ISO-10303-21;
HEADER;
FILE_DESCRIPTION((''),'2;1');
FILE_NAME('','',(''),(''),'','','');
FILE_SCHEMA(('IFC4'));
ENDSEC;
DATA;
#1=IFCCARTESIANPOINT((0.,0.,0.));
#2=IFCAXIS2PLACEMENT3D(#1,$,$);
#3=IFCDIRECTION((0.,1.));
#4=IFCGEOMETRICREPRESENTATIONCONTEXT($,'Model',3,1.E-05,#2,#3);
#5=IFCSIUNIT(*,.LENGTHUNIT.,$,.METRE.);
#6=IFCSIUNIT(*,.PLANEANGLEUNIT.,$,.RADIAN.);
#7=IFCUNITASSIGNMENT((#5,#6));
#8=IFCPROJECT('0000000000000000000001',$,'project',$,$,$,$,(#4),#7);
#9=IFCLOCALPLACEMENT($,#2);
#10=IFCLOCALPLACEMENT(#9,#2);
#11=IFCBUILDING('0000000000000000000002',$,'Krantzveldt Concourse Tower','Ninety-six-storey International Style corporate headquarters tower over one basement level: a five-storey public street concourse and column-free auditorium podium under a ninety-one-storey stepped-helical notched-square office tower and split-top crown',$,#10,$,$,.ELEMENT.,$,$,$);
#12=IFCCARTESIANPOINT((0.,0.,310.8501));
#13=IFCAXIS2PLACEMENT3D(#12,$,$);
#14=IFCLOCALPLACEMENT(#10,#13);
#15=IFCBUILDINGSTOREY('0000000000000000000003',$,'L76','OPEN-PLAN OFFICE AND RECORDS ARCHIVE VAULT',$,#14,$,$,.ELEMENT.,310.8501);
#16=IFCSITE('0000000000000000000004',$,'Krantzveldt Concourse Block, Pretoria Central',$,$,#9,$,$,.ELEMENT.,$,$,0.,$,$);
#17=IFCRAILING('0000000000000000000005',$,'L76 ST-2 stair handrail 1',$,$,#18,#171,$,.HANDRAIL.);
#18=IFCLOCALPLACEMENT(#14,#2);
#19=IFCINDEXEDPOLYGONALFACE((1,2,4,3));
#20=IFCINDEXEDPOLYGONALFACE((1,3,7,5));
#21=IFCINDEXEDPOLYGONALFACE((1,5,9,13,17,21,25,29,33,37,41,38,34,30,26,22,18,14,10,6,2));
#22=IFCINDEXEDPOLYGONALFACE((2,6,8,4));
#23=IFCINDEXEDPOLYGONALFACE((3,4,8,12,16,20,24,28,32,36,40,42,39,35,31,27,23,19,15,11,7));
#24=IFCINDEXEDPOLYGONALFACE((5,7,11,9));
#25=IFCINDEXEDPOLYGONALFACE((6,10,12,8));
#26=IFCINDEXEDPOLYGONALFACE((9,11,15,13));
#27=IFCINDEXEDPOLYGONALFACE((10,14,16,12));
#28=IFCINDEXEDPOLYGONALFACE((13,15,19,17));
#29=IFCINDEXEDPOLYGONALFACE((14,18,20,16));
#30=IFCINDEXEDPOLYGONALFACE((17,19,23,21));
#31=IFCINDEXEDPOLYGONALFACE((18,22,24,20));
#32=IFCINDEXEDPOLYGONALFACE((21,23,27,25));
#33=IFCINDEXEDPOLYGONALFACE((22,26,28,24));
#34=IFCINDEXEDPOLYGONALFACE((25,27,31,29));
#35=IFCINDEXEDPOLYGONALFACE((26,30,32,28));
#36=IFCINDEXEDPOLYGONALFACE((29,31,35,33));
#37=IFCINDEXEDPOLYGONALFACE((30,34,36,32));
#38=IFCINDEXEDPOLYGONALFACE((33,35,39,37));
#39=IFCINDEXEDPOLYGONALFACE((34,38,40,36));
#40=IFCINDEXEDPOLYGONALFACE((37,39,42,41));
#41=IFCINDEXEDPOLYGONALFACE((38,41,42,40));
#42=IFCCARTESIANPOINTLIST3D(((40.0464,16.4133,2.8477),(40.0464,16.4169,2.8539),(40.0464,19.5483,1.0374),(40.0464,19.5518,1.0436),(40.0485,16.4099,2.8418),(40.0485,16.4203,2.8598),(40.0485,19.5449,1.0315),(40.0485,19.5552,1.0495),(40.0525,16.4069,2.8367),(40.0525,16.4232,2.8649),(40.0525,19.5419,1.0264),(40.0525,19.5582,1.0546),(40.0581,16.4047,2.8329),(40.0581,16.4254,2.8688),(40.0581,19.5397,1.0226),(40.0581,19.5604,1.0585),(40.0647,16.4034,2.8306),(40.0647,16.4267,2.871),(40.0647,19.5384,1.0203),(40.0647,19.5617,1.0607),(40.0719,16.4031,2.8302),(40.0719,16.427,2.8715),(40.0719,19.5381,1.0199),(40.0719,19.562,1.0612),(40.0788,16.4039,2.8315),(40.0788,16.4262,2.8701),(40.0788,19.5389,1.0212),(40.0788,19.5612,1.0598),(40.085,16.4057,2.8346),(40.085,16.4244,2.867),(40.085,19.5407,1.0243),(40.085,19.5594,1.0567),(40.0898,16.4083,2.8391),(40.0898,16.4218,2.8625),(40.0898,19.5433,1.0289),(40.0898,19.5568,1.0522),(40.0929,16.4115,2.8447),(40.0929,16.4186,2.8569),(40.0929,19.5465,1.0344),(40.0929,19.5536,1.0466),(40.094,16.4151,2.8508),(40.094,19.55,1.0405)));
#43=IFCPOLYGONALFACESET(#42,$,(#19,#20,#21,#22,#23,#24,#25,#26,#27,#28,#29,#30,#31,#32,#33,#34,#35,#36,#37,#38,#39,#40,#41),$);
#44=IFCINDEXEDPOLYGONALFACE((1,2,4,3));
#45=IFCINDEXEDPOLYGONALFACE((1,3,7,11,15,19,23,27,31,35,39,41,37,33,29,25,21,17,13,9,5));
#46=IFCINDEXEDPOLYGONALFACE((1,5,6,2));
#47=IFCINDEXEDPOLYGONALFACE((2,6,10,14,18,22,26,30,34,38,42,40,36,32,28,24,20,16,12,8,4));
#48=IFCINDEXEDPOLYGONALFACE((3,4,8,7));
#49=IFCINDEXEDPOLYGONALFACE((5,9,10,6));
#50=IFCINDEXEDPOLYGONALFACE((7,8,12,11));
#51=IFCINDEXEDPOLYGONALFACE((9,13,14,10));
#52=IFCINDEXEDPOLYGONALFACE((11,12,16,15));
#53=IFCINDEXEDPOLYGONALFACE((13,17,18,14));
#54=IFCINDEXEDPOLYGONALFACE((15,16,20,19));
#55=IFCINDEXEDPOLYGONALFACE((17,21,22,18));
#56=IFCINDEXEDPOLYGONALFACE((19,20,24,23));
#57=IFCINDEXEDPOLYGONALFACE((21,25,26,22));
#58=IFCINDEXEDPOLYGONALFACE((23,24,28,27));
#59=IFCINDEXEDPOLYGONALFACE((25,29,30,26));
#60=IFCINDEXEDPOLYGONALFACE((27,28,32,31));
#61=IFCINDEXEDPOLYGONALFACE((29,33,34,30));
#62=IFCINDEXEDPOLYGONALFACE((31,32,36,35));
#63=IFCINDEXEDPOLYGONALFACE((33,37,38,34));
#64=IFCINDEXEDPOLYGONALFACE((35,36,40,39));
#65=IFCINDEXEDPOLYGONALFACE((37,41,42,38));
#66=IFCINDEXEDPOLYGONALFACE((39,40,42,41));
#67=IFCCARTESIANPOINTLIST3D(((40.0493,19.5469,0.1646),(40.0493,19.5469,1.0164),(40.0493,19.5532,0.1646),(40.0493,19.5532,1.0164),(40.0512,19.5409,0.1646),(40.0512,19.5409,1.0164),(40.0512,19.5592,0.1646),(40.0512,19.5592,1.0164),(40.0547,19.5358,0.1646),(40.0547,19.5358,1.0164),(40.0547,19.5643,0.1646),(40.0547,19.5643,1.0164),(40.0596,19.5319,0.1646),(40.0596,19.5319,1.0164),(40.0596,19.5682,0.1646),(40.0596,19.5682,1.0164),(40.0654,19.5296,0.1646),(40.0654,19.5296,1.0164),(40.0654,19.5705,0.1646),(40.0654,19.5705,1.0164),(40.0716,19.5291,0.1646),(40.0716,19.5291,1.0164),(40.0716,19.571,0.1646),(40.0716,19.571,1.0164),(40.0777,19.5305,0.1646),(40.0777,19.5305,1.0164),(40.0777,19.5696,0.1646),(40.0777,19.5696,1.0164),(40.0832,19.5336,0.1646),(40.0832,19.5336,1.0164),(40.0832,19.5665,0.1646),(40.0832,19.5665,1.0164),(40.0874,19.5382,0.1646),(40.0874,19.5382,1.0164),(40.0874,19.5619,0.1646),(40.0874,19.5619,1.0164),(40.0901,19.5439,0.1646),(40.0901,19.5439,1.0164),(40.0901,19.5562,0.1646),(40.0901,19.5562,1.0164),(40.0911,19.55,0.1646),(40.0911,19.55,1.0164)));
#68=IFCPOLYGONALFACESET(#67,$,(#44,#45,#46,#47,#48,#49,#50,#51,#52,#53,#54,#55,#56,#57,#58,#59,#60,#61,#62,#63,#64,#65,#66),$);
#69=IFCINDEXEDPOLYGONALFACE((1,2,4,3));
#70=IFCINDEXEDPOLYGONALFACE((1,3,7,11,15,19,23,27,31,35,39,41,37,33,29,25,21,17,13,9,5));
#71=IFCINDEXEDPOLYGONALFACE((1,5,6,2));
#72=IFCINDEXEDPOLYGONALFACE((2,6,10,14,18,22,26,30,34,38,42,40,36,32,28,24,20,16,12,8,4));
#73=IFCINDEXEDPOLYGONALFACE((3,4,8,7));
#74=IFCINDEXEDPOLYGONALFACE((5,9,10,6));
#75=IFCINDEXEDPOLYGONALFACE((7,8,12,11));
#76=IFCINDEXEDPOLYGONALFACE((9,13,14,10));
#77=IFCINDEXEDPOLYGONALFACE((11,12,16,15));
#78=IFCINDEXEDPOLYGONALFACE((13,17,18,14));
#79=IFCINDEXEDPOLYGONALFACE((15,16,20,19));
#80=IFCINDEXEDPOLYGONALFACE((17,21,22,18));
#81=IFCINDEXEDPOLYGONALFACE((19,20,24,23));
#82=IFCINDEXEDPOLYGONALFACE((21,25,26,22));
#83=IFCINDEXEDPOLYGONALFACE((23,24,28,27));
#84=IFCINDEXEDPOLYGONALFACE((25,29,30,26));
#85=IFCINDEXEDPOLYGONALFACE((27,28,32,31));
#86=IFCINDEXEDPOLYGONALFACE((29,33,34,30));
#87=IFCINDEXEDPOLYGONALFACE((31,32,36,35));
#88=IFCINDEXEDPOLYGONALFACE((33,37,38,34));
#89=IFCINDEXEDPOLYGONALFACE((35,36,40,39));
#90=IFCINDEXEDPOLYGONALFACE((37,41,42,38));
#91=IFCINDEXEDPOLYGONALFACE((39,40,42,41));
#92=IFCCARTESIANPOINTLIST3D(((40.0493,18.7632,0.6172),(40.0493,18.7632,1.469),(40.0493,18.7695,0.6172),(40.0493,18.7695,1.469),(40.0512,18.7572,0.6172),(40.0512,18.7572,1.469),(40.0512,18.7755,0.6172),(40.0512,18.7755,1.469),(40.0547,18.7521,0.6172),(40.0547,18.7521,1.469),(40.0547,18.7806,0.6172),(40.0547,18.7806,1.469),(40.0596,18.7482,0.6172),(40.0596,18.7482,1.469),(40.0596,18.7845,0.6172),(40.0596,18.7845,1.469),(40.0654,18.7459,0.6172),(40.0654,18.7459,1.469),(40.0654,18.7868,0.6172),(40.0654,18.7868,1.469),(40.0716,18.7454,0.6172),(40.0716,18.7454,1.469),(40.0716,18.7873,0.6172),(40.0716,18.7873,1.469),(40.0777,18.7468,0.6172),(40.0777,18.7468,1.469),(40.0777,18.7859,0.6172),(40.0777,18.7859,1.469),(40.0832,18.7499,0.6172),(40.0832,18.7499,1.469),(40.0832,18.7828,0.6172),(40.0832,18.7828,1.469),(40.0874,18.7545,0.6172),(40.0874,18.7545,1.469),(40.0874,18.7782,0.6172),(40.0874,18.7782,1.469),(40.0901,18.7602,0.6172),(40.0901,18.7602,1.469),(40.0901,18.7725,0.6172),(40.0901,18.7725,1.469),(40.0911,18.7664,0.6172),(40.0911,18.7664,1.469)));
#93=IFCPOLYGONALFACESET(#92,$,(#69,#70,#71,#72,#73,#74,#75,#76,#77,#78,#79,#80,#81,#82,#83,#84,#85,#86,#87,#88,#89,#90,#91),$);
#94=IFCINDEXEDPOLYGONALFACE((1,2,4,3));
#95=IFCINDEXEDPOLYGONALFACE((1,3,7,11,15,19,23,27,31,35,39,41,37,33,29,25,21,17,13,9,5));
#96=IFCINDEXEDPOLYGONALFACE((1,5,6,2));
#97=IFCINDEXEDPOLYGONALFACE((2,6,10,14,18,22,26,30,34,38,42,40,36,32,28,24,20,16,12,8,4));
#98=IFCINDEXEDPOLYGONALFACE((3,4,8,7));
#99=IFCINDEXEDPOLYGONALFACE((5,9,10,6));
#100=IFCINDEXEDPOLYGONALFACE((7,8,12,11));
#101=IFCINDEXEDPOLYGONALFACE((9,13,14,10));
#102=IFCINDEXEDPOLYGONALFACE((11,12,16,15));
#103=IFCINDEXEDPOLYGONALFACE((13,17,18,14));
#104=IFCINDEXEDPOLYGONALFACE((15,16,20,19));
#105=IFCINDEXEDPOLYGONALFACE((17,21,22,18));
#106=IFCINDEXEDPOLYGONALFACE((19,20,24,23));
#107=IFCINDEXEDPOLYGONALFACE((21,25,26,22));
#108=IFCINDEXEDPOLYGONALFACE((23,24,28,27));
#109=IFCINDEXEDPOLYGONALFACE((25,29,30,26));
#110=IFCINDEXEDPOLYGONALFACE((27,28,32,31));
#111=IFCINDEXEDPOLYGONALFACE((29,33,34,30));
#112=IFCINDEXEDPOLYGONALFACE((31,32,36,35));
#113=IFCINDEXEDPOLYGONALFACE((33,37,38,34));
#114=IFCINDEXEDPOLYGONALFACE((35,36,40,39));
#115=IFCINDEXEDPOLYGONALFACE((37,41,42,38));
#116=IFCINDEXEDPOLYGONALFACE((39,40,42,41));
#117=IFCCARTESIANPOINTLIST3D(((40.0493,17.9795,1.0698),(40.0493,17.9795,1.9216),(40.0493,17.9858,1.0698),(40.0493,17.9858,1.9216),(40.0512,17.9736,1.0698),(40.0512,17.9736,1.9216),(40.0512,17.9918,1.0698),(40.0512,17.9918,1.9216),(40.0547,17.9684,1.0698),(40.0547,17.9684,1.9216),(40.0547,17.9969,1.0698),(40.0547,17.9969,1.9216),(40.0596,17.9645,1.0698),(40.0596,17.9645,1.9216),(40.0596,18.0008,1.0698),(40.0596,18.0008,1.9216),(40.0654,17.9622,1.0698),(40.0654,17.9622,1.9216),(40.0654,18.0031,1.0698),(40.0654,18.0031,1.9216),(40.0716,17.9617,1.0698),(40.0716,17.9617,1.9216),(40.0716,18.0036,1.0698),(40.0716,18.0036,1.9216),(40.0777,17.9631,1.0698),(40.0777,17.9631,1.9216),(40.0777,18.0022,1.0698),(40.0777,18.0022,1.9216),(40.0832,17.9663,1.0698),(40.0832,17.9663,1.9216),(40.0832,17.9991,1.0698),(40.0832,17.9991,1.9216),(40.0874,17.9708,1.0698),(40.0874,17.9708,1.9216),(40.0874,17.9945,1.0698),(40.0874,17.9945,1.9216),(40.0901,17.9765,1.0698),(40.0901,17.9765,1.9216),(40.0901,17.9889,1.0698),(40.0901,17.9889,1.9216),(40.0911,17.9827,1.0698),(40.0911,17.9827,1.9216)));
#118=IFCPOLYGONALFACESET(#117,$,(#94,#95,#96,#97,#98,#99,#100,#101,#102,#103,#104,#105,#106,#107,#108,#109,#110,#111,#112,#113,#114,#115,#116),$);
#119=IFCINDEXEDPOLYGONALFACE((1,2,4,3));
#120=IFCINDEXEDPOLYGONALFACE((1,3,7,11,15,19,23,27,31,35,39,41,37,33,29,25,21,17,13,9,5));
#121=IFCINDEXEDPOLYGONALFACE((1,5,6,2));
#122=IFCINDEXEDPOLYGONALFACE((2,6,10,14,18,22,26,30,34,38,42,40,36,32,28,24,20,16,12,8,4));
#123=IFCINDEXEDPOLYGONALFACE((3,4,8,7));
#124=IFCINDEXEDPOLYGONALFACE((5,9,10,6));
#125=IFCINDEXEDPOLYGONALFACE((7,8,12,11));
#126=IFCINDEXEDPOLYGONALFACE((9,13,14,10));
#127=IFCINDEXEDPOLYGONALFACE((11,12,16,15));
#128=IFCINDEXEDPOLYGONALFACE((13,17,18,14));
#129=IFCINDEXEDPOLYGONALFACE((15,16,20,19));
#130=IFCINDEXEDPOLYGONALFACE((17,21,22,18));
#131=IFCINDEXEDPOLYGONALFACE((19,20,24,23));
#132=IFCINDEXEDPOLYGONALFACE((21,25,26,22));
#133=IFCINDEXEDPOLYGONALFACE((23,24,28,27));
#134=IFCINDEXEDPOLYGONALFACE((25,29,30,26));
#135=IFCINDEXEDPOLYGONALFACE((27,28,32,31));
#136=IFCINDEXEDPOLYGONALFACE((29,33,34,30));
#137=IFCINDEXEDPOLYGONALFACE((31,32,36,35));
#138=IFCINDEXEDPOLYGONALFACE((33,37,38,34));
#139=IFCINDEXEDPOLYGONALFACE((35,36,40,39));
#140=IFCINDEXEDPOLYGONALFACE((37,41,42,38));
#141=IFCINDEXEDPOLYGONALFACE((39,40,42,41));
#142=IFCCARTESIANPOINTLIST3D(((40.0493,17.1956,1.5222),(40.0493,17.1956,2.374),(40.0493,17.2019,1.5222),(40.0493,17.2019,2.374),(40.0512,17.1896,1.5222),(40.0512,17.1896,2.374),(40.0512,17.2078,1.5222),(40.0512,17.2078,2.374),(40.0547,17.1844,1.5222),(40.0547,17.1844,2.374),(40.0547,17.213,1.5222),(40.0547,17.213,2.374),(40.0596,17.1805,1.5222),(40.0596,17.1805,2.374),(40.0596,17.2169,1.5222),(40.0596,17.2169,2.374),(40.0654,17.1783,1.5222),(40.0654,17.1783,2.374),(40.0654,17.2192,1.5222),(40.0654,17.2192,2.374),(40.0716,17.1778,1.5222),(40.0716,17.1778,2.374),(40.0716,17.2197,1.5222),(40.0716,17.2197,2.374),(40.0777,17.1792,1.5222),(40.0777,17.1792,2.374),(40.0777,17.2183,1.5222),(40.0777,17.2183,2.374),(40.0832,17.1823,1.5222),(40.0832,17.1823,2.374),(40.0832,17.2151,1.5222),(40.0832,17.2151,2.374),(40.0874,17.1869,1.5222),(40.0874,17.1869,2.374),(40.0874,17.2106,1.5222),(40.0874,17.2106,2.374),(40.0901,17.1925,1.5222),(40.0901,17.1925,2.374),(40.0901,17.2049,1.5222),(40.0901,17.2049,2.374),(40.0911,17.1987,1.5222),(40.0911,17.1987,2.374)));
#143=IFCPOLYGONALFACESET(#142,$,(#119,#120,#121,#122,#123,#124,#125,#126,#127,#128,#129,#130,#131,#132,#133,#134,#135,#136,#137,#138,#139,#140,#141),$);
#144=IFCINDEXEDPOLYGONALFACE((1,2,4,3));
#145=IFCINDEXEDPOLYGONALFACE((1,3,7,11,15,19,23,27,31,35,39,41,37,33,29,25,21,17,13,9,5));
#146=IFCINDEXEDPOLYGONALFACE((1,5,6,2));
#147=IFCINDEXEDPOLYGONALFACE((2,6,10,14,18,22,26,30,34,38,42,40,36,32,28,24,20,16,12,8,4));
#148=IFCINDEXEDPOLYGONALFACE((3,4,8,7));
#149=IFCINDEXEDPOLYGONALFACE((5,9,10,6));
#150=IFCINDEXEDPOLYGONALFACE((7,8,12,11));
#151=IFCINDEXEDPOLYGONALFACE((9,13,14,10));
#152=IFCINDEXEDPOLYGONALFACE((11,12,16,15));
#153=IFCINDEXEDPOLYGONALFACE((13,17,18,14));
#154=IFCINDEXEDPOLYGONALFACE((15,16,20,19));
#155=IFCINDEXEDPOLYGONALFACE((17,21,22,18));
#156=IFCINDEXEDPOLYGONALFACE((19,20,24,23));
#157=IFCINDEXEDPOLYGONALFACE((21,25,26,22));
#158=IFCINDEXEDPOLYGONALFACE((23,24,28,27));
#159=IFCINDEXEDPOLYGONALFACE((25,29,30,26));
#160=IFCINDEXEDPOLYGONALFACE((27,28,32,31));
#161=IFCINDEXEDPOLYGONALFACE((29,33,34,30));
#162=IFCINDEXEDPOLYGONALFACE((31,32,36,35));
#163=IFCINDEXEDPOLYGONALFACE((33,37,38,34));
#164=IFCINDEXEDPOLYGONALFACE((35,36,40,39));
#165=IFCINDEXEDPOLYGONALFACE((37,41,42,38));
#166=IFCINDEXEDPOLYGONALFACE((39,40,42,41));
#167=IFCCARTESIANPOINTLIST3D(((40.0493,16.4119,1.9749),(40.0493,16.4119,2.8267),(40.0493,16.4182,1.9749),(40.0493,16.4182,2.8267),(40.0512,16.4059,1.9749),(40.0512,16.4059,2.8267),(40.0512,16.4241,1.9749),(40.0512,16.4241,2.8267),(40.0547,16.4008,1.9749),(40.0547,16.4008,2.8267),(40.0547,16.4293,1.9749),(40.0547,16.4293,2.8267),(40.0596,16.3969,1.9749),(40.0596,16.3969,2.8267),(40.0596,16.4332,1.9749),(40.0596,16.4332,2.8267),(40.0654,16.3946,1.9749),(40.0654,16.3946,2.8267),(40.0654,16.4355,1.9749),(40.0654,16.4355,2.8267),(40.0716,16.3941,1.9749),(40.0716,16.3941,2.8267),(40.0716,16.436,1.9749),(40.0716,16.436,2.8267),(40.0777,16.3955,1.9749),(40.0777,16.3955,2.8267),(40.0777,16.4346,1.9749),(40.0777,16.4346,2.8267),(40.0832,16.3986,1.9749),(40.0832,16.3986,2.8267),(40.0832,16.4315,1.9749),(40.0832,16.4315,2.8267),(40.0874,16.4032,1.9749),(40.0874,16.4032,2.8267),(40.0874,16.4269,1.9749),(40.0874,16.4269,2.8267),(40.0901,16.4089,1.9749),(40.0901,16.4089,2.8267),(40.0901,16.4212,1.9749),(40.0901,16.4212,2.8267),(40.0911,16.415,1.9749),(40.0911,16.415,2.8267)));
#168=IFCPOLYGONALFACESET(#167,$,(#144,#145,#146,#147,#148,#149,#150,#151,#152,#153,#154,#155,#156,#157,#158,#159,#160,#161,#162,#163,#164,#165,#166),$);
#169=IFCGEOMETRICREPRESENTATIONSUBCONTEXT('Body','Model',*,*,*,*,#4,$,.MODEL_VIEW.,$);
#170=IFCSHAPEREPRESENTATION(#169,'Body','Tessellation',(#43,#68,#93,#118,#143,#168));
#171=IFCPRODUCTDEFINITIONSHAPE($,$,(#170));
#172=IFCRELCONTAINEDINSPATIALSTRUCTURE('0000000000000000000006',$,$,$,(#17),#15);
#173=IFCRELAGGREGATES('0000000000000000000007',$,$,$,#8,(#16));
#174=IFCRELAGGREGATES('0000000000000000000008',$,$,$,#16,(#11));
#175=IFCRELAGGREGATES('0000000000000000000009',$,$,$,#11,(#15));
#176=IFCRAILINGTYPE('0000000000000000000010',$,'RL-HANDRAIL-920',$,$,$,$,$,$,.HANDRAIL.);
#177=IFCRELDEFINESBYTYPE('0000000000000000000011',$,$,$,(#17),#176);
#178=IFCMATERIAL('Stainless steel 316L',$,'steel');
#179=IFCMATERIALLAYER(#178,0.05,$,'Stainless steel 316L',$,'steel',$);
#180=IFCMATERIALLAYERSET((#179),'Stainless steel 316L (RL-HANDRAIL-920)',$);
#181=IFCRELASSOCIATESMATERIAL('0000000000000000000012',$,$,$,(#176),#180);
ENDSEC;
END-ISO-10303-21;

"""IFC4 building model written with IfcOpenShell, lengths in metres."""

from ifc_helpers import new_model, si_unit, direction, frame, origin, origin_2d, place, context, subcontext, project, spatial, circle, extrude, material, layer, layer_set, type_object, element, save


model = new_model("IFC4")

# Units and contexts
model_context = context("Model", 3, precision=1e-05, world=origin(), true_north=direction((0.0, 1.0)))
body_context = subcontext(model_context, "Body", "Model", "MODEL_VIEW")
ifc_project = project(units=[si_unit("LENGTHUNIT", "METRE"), si_unit("PLANEANGLEUNIT", "RADIAN")], contexts=[model_context])

# Site, building, storey
site_placement = place(None, origin())
site = spatial("IfcSite", under=ifc_project, at=site_placement, Name="Krantzveldt Concourse Block, Pretoria Central", CompositionType="ELEMENT", RefElevation=0.0)
building_placement = place(site_placement, origin())
building = spatial("IfcBuilding", under=site, at=building_placement, Name="Krantzveldt Concourse Tower", Description="Ninety-six-storey International Style corporate headquarters tower over one basement level: a five-storey public street concourse and column-free auditorium podium under a ninety-one-storey stepped-helical notched-square office tower and split-top crown", CompositionType="ELEMENT")
storey_placement = place(building_placement, frame((0.0, 0.0, 310.8501)))
storey = spatial("IfcBuildingStorey", under=building, at=storey_placement, Name="L76", Description="OPEN-PLAN OFFICE AND RECORDS ARCHIVE VAULT", CompositionType="ELEMENT", Elevation=310.8501)

# Shared definitions
ifc_material_1 = material(Name="Stainless steel 316L", Category="steel")

# Railing
ifc_layer_1 = layer(ifc_material_1, 0.05, Name="Stainless steel 316L", Category="steel")
ifc_layer_set_1 = layer_set([ifc_layer_1], Name="Stainless steel 316L (RL-HANDRAIL-920)")
railing_type_1 = type_object("IfcRailingType", Name="RL-HANDRAIL-920", PredefinedType="HANDRAIL", material=ifc_layer_set_1)
railing_1_placement = place(storey_placement, frame((40.0701, 19.55, 0.1646)))
element("IfcRailing", 1, at=railing_1_placement, inside=storey, type_object=railing_type_1, Name="L76 ST-2 stair handrail 1", PredefinedType="HANDRAIL", context=body_context, shape_type="SweptSolid", body=[
    extrude(circle(Radius=0.0239, at=origin_2d()), frame((0.0, 0.0, 0.876), z_axis=(0.0, -0.865989, 0.500063), x_axis=(1.0, 0.0, 0.0)), (0.0, 0.0, 1.0), 3.6201),
    extrude(circle(Radius=0.021, at=origin_2d()), origin(), (0.0, 0.0, 1.0), 0.8518),
    extrude(circle(Radius=0.021, at=origin_2d()), frame((0.0, -0.7837, 0.4526)), (0.0, 0.0, 1.0), 0.8518),
    extrude(circle(Radius=0.021, at=origin_2d()), frame((0.0, -1.5674, 0.9053)), (0.0, 0.0, 1.0), 0.8518),
    extrude(circle(Radius=0.021, at=origin_2d()), frame((0.0, -2.3513, 1.3577)), (0.0, 0.0, 1.0), 0.8518),
    extrude(circle(Radius=0.021, at=origin_2d()), frame((0.0, -3.135, 1.8103)), (0.0, 0.0, 1.0), 0.8518),
])

save(model, "model.ifc")
